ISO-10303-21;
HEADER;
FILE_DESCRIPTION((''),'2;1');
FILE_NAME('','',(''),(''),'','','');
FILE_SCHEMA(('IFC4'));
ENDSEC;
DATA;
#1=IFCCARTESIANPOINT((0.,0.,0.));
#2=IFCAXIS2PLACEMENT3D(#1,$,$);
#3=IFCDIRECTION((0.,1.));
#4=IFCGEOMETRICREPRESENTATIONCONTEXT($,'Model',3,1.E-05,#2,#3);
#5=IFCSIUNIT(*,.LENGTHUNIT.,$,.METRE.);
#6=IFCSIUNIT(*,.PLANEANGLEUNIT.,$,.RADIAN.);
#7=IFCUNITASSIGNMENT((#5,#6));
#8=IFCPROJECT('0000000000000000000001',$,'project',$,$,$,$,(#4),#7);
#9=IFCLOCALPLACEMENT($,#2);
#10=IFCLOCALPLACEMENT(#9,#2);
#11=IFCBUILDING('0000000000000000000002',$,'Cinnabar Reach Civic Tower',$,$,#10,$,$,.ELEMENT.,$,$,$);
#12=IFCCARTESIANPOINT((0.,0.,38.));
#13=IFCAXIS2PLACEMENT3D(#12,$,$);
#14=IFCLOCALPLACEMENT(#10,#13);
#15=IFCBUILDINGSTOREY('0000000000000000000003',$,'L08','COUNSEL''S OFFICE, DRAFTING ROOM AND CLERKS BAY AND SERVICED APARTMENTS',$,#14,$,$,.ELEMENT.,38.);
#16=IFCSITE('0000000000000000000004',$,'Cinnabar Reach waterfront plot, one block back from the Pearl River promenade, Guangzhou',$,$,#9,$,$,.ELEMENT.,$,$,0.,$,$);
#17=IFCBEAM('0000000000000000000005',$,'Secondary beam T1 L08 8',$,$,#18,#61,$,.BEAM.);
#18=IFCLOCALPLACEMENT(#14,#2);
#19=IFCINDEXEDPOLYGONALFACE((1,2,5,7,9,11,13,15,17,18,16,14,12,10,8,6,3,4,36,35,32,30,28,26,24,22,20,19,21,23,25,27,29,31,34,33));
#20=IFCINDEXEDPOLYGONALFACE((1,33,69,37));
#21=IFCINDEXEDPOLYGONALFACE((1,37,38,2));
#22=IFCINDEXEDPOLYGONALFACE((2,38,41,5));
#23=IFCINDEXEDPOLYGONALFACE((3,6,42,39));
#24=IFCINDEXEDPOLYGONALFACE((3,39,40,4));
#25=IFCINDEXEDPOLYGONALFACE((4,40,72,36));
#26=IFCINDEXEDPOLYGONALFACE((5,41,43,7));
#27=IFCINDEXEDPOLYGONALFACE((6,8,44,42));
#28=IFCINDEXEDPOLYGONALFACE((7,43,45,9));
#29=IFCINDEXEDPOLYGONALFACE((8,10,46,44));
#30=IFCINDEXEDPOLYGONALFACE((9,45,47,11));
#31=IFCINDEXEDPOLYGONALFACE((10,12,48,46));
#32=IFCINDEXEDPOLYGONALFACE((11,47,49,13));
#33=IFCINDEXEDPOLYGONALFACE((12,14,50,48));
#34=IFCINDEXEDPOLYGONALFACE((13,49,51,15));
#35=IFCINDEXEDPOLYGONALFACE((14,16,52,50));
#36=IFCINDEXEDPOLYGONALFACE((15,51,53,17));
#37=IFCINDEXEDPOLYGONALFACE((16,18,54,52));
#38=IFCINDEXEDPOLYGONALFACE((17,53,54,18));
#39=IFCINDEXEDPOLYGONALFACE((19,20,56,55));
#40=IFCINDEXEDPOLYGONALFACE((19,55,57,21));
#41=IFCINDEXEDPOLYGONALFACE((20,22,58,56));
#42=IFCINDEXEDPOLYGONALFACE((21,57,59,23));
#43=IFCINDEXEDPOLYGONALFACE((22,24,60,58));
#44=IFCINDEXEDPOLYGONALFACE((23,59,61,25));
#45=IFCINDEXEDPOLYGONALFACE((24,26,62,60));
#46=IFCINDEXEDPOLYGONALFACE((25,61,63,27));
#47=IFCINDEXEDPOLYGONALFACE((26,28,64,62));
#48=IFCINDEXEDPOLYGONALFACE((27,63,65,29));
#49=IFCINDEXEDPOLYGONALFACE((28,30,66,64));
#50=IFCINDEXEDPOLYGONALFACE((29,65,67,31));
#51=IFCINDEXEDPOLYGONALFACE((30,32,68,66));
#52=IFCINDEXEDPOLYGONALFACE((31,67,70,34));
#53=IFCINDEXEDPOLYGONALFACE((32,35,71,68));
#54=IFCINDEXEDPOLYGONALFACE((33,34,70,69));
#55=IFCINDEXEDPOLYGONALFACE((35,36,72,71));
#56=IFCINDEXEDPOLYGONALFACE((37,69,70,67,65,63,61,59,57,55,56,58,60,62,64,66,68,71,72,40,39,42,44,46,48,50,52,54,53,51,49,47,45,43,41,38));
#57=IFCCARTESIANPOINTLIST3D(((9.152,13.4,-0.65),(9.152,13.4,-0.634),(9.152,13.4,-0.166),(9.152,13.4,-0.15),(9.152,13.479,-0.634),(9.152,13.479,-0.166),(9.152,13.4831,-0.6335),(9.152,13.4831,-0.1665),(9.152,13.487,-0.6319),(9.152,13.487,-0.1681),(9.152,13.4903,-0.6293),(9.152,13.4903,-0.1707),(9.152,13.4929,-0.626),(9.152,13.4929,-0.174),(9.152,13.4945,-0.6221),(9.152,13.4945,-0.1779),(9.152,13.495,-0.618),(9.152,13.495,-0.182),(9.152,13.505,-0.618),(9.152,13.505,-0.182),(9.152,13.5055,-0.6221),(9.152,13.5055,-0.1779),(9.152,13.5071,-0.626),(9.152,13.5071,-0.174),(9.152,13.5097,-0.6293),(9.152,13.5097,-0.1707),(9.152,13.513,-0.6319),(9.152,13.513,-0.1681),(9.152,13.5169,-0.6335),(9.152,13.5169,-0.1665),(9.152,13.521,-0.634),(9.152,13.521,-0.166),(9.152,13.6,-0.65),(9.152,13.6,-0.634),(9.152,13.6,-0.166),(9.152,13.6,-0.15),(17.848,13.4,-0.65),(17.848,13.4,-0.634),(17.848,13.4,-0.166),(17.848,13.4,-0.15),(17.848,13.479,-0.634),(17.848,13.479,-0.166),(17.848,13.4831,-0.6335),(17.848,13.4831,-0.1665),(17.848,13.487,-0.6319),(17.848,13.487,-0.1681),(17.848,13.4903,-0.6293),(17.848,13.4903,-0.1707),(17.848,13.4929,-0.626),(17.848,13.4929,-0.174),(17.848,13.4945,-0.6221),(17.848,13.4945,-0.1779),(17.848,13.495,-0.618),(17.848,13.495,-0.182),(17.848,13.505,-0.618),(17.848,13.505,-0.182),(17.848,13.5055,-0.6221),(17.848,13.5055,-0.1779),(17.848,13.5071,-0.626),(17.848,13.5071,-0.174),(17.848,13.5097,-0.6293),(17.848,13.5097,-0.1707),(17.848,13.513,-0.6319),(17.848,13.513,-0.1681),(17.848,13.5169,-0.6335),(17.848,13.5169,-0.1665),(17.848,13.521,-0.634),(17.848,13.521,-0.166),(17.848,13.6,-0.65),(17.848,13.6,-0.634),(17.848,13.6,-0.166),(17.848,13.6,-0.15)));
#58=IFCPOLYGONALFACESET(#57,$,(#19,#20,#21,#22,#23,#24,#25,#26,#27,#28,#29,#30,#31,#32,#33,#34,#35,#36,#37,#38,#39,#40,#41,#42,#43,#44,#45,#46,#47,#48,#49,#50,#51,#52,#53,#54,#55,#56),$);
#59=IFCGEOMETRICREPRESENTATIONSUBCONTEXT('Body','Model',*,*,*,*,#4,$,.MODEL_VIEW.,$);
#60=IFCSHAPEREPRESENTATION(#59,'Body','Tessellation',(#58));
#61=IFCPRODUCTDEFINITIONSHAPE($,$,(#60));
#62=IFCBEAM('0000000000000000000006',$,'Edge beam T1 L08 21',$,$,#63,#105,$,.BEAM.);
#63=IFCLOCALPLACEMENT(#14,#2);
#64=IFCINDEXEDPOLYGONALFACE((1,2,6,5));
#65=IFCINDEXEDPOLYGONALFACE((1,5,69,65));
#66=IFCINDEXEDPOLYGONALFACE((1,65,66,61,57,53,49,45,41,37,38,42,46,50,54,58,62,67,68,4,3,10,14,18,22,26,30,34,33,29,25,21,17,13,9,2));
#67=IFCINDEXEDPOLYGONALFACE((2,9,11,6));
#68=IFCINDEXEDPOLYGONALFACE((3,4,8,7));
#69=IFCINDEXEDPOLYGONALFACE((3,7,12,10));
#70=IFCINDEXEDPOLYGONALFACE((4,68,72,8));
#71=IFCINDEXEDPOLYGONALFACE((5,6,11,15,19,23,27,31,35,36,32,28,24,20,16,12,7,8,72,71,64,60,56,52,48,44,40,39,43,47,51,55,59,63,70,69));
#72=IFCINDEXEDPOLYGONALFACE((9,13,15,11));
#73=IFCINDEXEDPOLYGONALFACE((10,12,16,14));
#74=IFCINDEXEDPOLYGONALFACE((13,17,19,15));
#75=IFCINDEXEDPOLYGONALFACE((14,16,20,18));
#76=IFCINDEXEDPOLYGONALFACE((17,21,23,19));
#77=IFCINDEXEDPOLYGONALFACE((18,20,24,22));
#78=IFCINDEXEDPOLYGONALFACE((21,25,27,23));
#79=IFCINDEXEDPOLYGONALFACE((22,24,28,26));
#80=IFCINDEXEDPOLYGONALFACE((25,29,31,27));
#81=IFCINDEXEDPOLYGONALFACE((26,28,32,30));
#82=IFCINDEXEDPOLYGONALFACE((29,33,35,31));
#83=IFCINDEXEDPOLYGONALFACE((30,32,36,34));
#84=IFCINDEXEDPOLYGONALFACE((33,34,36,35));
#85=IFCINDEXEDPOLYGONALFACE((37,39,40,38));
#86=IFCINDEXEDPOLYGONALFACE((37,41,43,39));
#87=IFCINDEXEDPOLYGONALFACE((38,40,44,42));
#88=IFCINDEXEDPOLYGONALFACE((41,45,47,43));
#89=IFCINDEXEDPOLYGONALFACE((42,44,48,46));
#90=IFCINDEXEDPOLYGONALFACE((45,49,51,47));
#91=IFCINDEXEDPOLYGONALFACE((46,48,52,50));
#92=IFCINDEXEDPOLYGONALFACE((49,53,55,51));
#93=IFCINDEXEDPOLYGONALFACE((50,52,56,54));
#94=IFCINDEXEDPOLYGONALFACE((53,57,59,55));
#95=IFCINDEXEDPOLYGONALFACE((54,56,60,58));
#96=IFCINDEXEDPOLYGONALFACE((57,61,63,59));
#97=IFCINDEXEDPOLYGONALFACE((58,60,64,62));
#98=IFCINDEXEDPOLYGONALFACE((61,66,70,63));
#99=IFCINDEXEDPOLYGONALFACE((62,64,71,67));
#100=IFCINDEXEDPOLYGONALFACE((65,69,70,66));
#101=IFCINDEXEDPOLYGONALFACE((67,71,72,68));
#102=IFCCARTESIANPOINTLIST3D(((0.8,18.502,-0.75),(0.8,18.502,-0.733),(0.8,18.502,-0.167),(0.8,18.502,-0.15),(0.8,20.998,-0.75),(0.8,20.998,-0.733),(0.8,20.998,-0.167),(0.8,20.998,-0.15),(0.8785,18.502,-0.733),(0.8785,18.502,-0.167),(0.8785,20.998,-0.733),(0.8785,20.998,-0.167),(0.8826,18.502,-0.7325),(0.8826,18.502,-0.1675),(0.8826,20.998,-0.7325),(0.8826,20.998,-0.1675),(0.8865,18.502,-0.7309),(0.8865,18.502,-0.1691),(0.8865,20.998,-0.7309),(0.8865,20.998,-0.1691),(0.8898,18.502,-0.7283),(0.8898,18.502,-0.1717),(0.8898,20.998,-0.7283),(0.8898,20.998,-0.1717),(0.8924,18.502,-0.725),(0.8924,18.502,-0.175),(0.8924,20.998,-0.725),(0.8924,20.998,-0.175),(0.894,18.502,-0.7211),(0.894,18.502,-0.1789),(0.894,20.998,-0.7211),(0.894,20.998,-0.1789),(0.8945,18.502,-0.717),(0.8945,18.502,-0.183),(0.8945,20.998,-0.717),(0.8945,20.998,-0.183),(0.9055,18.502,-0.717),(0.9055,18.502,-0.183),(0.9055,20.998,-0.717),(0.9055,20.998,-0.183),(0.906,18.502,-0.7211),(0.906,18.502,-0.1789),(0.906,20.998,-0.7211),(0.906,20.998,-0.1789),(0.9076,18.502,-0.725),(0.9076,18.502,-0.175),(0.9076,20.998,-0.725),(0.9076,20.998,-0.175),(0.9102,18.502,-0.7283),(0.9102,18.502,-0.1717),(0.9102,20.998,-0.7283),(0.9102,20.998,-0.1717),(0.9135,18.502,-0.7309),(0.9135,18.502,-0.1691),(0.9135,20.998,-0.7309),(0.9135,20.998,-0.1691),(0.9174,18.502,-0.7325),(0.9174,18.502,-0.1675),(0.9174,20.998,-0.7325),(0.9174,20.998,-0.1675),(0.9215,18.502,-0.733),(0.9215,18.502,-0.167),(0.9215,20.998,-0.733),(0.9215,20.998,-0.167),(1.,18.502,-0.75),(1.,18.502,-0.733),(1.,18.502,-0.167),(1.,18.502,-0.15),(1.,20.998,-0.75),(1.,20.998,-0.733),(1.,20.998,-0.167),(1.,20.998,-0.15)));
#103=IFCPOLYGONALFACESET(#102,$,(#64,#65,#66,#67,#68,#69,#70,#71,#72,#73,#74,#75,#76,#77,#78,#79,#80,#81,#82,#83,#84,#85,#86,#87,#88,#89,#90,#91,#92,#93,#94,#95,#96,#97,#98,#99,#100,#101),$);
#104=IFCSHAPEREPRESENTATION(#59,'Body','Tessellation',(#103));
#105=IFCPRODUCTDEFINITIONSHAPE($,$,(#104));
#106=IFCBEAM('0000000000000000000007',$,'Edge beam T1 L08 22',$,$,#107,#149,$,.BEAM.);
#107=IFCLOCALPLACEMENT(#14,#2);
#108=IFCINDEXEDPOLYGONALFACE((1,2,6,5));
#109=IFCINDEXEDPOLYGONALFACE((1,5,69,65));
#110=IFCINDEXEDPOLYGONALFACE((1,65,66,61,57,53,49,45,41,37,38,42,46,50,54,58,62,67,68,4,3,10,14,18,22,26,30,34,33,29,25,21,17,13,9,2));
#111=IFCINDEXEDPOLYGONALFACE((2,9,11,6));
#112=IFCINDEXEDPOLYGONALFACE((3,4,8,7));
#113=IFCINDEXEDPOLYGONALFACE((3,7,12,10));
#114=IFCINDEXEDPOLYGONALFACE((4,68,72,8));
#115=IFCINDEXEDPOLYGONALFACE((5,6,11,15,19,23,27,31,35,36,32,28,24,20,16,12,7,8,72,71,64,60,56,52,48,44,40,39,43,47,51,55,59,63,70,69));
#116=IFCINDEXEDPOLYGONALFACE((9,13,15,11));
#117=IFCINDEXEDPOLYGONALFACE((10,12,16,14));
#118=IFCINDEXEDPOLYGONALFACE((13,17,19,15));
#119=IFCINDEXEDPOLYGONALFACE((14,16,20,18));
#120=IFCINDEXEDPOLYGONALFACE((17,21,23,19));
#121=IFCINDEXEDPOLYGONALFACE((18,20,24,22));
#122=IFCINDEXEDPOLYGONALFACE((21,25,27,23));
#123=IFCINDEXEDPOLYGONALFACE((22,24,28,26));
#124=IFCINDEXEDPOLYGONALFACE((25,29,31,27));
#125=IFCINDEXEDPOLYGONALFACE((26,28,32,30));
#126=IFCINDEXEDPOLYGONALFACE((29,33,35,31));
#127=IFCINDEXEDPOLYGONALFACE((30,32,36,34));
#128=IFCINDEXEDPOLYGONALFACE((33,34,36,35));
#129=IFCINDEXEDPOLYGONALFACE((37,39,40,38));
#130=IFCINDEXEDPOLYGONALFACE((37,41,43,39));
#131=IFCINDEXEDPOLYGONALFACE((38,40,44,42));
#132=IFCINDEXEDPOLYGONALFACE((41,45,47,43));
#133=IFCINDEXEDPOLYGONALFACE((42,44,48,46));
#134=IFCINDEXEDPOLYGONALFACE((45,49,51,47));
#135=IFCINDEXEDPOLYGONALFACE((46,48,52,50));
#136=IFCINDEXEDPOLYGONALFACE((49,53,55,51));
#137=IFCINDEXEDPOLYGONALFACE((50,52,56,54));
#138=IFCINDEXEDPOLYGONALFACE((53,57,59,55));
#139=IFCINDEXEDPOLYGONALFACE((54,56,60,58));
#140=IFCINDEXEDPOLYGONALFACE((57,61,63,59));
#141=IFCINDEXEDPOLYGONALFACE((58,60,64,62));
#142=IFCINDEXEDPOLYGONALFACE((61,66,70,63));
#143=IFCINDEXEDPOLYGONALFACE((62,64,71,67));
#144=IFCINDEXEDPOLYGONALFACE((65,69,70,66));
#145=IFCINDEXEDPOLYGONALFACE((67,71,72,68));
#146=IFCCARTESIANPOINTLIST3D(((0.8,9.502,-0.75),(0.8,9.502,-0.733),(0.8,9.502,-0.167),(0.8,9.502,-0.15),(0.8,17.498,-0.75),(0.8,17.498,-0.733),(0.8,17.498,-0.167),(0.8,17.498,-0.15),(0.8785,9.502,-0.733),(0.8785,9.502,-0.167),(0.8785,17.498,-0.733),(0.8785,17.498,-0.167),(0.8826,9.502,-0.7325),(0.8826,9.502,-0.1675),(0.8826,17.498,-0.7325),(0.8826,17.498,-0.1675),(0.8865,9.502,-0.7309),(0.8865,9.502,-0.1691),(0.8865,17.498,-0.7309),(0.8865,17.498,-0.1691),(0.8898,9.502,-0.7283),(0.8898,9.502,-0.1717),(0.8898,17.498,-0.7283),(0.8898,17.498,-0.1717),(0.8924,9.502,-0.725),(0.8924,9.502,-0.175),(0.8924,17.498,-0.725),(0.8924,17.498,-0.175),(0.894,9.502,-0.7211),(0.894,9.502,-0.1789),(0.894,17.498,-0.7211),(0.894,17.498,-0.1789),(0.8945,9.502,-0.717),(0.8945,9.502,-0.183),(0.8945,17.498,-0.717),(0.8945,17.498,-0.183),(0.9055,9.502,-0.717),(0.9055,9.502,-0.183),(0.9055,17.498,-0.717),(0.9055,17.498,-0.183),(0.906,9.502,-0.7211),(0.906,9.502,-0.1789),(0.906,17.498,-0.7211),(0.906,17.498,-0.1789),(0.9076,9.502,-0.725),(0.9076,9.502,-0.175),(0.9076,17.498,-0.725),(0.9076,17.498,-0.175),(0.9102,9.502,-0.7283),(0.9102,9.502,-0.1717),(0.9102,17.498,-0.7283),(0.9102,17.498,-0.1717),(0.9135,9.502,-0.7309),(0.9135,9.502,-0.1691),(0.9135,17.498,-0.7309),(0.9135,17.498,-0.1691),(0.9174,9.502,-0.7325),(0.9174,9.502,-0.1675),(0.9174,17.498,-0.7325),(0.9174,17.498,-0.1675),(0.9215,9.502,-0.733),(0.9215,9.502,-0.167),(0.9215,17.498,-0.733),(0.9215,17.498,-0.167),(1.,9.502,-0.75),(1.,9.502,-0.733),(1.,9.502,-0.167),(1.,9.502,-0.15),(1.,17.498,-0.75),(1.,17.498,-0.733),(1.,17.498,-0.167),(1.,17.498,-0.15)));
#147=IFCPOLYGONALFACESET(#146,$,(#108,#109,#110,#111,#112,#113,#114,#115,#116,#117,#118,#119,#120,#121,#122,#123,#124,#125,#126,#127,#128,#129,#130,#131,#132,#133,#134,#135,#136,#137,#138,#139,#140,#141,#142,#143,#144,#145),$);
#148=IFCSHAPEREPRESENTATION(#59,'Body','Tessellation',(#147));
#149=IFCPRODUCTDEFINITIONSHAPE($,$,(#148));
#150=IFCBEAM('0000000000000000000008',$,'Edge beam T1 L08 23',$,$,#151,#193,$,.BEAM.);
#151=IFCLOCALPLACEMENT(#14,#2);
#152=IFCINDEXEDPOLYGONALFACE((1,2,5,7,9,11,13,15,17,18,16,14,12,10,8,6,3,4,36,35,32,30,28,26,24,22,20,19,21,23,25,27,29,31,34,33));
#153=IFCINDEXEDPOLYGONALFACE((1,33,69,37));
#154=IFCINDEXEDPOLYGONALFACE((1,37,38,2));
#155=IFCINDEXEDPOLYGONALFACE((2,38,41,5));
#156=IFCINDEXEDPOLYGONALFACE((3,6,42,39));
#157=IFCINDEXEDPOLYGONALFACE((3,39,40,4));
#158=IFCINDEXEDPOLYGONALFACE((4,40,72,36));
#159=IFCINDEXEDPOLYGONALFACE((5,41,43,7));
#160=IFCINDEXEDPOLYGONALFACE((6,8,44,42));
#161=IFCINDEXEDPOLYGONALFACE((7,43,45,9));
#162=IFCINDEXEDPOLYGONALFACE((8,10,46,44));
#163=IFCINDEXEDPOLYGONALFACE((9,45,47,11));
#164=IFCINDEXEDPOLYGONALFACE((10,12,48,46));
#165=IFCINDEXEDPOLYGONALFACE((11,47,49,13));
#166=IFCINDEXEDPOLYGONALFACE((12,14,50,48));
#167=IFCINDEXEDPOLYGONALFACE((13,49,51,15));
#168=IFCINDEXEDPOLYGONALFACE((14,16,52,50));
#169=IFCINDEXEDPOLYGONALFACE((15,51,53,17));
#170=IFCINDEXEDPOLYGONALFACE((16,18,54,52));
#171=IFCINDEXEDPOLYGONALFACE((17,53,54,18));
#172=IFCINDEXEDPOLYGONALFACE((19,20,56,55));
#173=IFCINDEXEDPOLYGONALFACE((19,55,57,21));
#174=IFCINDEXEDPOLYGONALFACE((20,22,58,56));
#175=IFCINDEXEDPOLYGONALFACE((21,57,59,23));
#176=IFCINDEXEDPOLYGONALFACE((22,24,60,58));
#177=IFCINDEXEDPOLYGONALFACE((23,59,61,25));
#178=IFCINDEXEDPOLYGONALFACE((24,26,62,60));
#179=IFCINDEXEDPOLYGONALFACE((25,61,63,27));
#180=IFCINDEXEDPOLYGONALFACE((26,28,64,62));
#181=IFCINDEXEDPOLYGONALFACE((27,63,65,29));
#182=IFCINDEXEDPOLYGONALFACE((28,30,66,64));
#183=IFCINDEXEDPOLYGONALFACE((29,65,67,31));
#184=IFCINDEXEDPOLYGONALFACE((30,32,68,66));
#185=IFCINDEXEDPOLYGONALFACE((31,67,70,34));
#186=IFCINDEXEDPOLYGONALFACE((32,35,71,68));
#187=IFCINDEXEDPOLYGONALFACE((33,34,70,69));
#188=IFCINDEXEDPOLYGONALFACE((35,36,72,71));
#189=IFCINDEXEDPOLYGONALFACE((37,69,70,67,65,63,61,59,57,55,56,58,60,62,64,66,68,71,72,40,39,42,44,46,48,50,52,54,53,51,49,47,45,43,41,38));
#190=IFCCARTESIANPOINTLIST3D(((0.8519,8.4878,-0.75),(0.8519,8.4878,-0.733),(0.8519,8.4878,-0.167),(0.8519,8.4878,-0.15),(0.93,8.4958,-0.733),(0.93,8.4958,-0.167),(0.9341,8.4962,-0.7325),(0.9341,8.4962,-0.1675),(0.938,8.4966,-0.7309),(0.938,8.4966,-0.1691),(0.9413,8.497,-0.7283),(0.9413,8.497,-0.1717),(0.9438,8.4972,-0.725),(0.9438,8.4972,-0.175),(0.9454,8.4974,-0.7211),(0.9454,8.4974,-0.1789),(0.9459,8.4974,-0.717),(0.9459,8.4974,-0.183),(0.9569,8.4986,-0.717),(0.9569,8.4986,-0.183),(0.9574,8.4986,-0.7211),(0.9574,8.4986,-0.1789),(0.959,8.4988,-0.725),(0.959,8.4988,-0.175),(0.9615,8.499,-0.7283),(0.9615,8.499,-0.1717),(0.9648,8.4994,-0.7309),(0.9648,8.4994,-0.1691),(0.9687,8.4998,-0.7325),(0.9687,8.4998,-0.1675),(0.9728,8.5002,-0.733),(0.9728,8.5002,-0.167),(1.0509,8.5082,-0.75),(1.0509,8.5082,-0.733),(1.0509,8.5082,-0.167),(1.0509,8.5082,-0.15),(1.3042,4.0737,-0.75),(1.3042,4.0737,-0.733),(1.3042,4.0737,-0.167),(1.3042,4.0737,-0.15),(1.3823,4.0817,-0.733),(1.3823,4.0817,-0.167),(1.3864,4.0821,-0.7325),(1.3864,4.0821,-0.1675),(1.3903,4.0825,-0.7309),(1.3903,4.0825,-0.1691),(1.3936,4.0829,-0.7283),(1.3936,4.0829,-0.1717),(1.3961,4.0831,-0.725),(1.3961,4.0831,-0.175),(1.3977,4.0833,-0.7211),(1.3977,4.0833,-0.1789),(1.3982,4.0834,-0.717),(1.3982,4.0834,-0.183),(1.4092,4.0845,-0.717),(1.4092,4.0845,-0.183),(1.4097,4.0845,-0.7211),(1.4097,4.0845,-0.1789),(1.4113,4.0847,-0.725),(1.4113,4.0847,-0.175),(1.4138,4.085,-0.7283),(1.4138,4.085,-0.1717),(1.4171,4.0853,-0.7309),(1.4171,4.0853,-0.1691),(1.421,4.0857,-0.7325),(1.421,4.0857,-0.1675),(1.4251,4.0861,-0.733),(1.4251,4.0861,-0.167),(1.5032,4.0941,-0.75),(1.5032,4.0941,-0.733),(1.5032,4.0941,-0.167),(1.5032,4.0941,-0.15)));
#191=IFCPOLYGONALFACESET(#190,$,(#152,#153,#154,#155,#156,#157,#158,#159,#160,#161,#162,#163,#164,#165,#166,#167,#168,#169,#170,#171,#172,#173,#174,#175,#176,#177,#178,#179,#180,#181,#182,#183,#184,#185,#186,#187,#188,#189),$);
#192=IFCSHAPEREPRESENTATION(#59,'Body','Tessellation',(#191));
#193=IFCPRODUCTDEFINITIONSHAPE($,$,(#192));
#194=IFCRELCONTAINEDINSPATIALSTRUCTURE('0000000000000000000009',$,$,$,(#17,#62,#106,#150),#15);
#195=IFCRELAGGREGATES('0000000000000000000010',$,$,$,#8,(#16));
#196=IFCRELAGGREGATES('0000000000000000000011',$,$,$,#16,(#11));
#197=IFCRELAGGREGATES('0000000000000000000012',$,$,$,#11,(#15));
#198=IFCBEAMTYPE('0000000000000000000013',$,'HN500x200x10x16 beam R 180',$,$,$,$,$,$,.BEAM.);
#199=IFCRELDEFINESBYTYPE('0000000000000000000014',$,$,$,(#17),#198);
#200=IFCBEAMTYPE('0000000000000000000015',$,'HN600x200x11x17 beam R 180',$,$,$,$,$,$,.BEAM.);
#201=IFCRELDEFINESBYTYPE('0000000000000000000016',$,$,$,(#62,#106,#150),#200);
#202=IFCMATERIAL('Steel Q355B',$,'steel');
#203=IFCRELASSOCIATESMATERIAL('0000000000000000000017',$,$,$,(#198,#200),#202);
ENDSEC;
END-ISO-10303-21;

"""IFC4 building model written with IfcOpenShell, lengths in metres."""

from ifc_helpers import new_model, si_unit, direction, frame, origin, origin_2d, place, context, subcontext, project, spatial, i_section, extrude, material, material_profile, profile_set, type_object, element, save


model = new_model("IFC4")

# Units and contexts
model_context = context("Model", 3, precision=1e-05, world=origin(), true_north=direction((0.0, 1.0)))
body_context = subcontext(model_context, "Body", "Model", "MODEL_VIEW")
ifc_project = project(units=[si_unit("LENGTHUNIT", "METRE"), si_unit("PLANEANGLEUNIT", "RADIAN")], contexts=[model_context])

# Site, building, storey
site_placement = place(None, origin())
site = spatial("IfcSite", under=ifc_project, at=site_placement, Name="Cinnabar Reach waterfront plot, one block back from the Pearl River promenade, Guangzhou", CompositionType="ELEMENT", RefElevation=0.0)
building_placement = place(site_placement, origin())
building = spatial("IfcBuilding", under=site, at=building_placement, Name="Cinnabar Reach Civic Tower", CompositionType="ELEMENT")
storey_placement = place(building_placement, frame((0.0, 0.0, 38.0)))
storey = spatial("IfcBuildingStorey", under=building, at=storey_placement, Name="L08", Description="COUNSEL'S OFFICE, DRAFTING ROOM AND CLERKS BAY AND SERVICED APARTMENTS", CompositionType="ELEMENT", Elevation=38.0)

# Beams
ifc_material_1 = material(Name="Steel Q355B", Category="steel")
ifc_material_profile_1 = material_profile(ifc_material_1, i_section(OverallWidth=0.2, OverallDepth=0.5, WebThickness=0.01, FlangeThickness=0.016, FilletRadius=0.016, at=origin_2d()), Name="HN500x200x10x16")
ifc_profile_set_1 = profile_set([ifc_material_profile_1], Name="Steel Q355B")
beam_type_1 = type_object("IfcBeamType", Name="HN500x200x10x16 beam R 180", PredefinedType="BEAM", material=ifc_profile_set_1)
beam_1_placement = place(storey_placement, frame((9.152, 13.5, -0.4), z_axis=(1.0, 0.0, 0.0), x_axis=(0.0, 1.0, 0.0)))
element("IfcBeam", 1, at=beam_1_placement, inside=storey, type_object=beam_type_1, Name="Secondary beam T1 L08 8", PredefinedType="BEAM", context=body_context, shape_type="SweptSolid", body=[
    extrude(i_section(OverallWidth=0.2, OverallDepth=0.5, WebThickness=0.01, FlangeThickness=0.016, FilletRadius=0.016, at=origin_2d()), origin(), (0.0, 0.0, 1.0), 8.696),
])
ifc_material_profile_2 = material_profile(ifc_material_1, i_section(OverallWidth=0.2, OverallDepth=0.6, WebThickness=0.011, FlangeThickness=0.017, FilletRadius=0.016, at=origin_2d()), Name="HN600x200x11x17")
ifc_profile_set_2 = profile_set([ifc_material_profile_2], Name="Steel Q355B")
beam_type_2 = type_object("IfcBeamType", Name="HN600x200x11x17 beam R 180", PredefinedType="BEAM", material=ifc_profile_set_2)
beam_2_placement = place(storey_placement, frame((0.9, 20.998, -0.45), z_axis=(0.0, -1.0, 0.0), x_axis=(1.0, 0.0, 0.0)))
element("IfcBeam", 2, at=beam_2_placement, inside=storey, type_object=beam_type_2, Name="Edge beam T1 L08 21", PredefinedType="BEAM", context=body_context, shape_type="SweptSolid", body=[
    extrude(i_section(OverallWidth=0.2, OverallDepth=0.6, WebThickness=0.011, FlangeThickness=0.017, FilletRadius=0.016, at=origin_2d()), origin(), (0.0, 0.0, 1.0), 2.496),
])
beam_3_placement = place(storey_placement, frame((0.9, 17.498, -0.45), z_axis=(0.0, -1.0, 0.0), x_axis=(1.0, 0.0, 0.0)))
element("IfcBeam", 3, at=beam_3_placement, inside=storey, type_object=beam_type_2, Name="Edge beam T1 L08 22", PredefinedType="BEAM", context=body_context, shape_type="SweptSolid", body=[
    extrude(i_section(OverallWidth=0.2, OverallDepth=0.6, WebThickness=0.011, FlangeThickness=0.017, FilletRadius=0.016, at=origin_2d()), origin(), (0.0, 0.0, 1.0), 7.996),
])
beam_4_placement = place(storey_placement, frame((0.9514, 8.498, -0.45), z_axis=(0.101933, -0.994791, 0.0), x_axis=(0.994791, 0.101933, 0.0)))
element("IfcBeam", 4, at=beam_4_placement, inside=storey, type_object=beam_type_2, Name="Edge beam T1 L08 23", PredefinedType="BEAM", context=body_context, shape_type="SweptSolid", body=[
    extrude(i_section(OverallWidth=0.2, OverallDepth=0.6, WebThickness=0.011, FlangeThickness=0.017, FilletRadius=0.016, at=origin_2d()), origin(), (0.0, 0.0, 1.0), 4.4372),
])

save(model, "model.ifc")
